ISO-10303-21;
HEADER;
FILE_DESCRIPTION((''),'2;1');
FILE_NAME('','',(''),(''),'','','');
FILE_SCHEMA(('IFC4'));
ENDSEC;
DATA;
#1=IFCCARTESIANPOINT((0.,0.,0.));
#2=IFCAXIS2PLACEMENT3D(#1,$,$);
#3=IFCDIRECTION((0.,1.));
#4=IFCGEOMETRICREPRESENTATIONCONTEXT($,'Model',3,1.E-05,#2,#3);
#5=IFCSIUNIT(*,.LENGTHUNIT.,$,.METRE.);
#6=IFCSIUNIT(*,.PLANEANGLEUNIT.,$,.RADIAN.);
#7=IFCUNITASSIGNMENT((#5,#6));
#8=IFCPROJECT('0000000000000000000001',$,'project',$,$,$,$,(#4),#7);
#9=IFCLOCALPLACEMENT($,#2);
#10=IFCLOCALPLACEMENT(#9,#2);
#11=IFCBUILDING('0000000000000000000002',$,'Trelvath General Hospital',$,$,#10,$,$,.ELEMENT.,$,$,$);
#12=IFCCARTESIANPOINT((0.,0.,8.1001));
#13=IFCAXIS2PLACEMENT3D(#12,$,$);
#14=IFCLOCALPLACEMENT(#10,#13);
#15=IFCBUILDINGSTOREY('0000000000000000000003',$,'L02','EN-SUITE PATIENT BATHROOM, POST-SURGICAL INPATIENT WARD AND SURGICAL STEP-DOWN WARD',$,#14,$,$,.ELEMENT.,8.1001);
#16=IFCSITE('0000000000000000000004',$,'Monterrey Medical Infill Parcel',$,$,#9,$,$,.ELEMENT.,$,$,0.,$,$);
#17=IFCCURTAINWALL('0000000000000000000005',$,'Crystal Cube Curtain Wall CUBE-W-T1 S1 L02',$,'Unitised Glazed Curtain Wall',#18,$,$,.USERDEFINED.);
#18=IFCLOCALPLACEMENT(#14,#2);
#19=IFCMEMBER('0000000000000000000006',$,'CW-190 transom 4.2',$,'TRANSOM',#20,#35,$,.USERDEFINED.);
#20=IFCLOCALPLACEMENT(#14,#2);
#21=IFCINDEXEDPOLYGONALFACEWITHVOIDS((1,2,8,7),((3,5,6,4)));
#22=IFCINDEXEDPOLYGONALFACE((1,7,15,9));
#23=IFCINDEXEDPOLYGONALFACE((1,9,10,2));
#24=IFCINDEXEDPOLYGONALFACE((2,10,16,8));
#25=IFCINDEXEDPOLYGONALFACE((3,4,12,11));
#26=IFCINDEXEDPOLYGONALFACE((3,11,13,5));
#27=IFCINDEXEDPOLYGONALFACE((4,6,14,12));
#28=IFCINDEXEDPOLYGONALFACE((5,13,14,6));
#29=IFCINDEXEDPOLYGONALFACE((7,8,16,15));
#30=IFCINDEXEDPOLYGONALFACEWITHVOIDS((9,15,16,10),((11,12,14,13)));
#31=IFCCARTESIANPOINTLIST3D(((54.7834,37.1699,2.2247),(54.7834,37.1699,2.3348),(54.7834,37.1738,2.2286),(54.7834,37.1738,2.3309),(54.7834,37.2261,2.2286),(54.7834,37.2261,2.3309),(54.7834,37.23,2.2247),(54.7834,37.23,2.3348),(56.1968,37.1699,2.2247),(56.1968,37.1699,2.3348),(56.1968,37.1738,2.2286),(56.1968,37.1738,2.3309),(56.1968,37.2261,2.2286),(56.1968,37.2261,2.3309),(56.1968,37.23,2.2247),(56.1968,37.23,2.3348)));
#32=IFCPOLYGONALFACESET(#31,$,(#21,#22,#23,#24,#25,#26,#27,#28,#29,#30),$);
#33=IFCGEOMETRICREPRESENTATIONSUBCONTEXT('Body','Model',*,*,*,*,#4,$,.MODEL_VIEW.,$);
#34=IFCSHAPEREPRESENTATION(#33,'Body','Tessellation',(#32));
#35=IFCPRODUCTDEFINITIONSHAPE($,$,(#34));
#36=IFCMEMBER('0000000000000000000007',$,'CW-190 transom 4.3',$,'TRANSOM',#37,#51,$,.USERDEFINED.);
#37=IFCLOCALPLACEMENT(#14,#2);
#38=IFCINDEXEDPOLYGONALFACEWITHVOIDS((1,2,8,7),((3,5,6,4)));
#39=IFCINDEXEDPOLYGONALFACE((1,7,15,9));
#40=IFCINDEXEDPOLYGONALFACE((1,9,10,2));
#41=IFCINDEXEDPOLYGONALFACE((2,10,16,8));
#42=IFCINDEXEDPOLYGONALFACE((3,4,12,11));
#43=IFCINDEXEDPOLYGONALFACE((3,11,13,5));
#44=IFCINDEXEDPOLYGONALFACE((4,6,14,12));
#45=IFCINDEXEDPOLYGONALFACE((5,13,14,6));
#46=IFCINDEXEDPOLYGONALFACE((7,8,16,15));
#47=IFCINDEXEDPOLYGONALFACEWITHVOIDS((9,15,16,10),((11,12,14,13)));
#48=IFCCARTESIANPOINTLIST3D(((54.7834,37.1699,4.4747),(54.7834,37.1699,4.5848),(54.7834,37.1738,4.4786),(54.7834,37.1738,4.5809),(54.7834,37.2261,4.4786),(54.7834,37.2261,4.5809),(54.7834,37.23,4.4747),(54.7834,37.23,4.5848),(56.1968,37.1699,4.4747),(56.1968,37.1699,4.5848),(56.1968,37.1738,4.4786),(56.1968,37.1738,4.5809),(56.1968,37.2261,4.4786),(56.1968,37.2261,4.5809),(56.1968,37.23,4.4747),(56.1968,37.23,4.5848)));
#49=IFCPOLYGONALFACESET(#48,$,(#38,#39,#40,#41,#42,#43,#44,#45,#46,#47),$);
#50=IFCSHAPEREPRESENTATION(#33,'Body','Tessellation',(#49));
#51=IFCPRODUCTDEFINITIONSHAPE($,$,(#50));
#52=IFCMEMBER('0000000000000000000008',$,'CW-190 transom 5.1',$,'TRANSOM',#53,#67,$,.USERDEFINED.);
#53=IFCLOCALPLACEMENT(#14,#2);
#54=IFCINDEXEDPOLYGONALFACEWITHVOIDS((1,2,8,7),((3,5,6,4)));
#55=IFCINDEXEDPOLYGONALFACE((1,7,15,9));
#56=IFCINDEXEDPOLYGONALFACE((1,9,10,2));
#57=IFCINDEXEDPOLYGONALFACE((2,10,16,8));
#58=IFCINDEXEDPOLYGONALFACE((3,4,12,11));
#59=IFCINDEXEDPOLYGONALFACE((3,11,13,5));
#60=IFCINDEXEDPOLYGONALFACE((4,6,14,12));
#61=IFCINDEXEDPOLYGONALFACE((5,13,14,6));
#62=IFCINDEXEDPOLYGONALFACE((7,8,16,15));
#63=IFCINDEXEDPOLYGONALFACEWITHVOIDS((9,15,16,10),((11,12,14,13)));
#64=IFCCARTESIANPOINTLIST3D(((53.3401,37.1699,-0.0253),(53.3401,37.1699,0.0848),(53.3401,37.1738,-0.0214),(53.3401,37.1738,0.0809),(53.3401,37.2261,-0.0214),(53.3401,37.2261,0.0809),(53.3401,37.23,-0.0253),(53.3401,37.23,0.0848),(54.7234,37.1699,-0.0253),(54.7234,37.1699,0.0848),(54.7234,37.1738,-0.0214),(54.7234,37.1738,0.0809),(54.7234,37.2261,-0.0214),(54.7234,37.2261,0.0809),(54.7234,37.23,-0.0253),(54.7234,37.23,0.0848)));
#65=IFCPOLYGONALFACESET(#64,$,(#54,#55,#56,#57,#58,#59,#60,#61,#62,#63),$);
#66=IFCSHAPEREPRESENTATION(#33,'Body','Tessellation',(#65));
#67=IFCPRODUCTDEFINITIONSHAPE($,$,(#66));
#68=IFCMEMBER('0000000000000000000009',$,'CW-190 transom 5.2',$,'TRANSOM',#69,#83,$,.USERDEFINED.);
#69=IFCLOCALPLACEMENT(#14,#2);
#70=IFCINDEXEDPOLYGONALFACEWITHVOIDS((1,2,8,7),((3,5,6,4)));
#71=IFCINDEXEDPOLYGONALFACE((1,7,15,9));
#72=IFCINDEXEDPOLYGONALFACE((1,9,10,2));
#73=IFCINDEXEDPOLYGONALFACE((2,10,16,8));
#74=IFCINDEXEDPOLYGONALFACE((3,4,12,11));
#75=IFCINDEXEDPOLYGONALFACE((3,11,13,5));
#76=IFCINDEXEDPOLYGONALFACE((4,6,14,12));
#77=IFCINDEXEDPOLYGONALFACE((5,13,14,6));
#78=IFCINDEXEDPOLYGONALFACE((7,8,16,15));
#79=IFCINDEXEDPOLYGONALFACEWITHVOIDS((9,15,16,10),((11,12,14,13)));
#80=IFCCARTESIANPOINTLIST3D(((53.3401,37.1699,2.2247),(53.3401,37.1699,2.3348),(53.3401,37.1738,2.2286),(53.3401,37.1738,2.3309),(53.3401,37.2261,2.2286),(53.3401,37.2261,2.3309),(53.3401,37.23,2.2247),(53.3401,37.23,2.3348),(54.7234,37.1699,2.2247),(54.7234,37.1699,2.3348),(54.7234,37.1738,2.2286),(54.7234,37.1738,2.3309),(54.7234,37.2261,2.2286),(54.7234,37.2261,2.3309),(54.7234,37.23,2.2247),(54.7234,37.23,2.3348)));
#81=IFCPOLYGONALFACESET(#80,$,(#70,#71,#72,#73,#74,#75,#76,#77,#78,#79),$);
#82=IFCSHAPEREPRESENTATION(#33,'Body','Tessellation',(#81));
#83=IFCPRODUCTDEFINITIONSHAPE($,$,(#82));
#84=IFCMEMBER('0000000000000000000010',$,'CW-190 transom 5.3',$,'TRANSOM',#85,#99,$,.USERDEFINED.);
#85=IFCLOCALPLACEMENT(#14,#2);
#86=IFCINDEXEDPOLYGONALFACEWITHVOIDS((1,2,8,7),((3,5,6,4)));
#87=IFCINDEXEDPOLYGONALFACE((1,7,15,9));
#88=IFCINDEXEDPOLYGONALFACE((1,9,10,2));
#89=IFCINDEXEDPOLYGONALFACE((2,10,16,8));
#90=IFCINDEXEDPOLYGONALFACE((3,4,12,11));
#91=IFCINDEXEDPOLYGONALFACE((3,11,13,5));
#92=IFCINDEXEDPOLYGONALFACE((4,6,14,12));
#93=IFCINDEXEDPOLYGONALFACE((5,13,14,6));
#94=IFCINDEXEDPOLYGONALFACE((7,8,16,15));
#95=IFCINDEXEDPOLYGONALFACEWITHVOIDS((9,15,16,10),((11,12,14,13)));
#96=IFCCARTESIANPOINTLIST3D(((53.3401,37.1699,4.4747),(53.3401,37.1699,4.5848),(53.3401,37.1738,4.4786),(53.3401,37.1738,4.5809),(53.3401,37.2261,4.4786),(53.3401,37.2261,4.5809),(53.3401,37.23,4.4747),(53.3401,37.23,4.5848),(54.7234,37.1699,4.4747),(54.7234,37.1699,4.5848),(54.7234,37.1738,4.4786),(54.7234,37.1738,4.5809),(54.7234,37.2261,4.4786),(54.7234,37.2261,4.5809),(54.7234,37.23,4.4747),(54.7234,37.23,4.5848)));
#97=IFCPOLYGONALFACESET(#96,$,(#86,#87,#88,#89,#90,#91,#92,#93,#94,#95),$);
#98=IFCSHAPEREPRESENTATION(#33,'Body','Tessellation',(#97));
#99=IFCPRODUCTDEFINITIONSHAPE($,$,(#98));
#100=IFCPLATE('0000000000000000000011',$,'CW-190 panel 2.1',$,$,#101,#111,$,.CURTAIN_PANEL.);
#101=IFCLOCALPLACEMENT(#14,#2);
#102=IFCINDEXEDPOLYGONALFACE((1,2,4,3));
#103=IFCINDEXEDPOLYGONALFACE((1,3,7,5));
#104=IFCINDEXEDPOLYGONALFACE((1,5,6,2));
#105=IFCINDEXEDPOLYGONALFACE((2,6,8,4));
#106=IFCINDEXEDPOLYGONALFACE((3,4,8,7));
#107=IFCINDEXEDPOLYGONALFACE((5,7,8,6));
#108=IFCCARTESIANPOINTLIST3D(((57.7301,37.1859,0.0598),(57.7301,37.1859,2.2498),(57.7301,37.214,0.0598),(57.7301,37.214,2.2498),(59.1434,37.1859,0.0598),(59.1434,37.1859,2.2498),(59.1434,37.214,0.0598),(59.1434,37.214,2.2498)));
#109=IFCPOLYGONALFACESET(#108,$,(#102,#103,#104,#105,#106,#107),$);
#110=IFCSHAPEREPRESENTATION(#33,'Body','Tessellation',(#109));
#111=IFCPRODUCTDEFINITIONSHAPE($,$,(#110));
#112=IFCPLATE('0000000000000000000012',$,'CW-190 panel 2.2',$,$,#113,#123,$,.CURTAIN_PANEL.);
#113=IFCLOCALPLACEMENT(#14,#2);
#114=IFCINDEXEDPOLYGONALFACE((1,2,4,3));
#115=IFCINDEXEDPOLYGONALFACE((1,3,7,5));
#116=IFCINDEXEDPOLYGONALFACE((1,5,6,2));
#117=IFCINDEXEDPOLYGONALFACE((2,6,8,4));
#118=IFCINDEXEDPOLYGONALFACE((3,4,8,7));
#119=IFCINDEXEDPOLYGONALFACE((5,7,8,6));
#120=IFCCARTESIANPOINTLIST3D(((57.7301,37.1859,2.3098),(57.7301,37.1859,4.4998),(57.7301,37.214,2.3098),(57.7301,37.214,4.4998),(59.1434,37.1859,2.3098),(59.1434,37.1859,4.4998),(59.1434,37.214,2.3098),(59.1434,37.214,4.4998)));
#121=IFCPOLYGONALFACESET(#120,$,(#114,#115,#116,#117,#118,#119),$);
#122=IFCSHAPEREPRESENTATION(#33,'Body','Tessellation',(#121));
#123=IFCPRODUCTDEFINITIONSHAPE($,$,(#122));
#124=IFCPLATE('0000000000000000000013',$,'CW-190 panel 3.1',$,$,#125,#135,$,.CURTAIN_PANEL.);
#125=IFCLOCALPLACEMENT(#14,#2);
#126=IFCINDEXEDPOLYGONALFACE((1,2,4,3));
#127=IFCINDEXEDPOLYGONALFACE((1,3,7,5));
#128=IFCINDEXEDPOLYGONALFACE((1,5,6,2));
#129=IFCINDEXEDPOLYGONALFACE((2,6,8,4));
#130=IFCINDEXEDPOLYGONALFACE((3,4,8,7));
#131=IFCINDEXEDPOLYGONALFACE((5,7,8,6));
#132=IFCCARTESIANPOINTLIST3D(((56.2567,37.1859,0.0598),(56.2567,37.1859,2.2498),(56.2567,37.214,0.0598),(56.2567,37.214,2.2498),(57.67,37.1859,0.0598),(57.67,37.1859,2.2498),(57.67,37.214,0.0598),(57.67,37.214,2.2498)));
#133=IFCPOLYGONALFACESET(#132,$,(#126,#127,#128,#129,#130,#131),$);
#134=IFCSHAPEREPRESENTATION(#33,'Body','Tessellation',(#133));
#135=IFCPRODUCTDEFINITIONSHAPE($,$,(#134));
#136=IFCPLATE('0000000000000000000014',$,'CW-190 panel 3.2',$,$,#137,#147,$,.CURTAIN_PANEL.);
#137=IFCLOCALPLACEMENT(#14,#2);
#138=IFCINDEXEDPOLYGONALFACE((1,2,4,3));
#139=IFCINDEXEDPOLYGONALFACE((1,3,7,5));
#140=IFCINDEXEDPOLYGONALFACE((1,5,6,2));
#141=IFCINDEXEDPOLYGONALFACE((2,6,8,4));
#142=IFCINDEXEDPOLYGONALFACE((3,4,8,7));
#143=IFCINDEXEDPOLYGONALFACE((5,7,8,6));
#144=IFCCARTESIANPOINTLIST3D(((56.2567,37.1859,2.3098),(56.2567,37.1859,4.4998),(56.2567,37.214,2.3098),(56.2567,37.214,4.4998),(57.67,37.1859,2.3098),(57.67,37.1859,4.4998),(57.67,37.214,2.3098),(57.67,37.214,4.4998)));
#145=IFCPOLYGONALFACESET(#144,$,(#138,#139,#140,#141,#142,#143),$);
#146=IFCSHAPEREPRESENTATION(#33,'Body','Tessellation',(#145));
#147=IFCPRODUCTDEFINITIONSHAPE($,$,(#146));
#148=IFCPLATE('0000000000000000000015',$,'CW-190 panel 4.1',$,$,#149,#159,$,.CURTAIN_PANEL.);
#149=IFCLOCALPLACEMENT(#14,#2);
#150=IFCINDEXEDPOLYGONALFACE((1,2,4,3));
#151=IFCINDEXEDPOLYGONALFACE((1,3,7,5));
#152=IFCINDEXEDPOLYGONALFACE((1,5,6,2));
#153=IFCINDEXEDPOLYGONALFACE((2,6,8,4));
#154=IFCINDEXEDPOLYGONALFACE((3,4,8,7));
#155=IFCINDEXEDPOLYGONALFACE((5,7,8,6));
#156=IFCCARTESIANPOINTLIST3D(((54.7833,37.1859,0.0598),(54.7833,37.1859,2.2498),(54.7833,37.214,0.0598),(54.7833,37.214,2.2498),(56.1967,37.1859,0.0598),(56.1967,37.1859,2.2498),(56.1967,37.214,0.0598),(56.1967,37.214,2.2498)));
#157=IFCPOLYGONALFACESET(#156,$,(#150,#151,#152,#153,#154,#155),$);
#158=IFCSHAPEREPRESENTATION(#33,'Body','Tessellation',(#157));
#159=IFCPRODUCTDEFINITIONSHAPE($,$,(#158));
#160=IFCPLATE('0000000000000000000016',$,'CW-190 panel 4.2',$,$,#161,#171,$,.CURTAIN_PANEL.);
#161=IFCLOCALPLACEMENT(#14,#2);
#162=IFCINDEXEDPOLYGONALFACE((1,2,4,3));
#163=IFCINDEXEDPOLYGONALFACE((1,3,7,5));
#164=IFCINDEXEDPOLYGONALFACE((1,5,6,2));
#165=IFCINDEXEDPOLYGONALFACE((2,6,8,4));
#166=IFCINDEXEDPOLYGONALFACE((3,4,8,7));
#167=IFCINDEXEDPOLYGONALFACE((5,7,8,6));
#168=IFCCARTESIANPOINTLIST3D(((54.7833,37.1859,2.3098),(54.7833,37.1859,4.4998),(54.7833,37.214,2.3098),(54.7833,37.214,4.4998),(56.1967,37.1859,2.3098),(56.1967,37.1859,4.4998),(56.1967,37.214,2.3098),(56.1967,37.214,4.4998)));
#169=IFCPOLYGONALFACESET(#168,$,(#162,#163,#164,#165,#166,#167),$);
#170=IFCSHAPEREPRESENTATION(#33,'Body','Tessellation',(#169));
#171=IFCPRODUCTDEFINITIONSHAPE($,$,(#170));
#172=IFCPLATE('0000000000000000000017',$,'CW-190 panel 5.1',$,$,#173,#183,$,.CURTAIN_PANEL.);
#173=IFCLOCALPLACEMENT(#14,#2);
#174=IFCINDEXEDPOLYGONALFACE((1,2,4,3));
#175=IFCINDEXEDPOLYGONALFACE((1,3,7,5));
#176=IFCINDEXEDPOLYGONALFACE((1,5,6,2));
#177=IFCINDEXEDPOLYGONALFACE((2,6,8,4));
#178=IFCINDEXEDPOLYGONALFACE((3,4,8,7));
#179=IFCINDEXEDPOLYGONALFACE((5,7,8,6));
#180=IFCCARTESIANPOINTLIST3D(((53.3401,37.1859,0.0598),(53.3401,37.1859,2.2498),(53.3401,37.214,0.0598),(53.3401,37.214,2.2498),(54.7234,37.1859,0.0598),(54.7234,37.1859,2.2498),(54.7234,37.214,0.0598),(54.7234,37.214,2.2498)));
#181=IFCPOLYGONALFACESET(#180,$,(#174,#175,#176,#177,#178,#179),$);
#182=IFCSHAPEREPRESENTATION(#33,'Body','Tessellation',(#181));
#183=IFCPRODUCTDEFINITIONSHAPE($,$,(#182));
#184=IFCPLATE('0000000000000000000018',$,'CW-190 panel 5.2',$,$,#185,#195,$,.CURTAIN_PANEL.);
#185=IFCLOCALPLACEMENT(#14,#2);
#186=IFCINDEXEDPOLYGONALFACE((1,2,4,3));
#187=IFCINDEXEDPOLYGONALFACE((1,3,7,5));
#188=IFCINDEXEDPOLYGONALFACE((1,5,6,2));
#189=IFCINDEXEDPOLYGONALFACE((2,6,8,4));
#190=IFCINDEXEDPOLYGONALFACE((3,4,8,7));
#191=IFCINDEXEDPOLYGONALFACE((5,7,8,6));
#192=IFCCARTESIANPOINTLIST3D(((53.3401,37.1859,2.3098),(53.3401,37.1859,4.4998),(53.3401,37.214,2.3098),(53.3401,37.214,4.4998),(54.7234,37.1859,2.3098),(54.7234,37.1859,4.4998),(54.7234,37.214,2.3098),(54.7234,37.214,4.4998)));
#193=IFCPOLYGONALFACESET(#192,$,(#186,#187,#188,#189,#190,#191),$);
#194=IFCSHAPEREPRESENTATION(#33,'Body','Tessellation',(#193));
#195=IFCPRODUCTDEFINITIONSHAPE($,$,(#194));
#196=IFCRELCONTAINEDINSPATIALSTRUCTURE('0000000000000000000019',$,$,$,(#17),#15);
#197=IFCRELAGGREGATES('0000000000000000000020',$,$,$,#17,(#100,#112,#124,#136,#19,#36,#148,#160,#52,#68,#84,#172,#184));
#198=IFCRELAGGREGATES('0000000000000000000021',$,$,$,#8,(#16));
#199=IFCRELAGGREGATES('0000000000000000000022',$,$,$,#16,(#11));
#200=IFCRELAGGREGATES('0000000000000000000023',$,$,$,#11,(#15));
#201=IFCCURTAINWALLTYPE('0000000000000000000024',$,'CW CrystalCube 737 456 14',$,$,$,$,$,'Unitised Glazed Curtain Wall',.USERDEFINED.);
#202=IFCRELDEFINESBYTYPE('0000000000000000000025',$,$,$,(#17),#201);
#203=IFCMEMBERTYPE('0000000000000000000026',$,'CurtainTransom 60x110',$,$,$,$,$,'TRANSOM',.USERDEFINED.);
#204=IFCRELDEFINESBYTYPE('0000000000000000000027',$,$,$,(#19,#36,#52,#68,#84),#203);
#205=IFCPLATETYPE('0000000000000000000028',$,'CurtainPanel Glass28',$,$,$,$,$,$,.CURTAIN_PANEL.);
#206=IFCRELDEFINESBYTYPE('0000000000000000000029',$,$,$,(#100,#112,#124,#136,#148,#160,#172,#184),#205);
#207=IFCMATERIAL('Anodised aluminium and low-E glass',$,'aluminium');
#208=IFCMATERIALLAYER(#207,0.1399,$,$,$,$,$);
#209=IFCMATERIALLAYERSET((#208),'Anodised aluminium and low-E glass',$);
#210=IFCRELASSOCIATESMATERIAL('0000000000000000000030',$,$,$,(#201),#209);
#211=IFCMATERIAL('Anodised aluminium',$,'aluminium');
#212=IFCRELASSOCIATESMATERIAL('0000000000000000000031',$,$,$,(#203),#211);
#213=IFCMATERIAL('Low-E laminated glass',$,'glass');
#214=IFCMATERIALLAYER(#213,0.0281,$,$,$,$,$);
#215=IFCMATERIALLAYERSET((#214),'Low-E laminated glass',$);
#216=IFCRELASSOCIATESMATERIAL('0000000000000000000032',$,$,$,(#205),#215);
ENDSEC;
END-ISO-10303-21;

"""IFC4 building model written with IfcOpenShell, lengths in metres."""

from ifc_helpers import new_model, si_unit, direction, frame, origin, origin_2d, place, context, subcontext, project, spatial, rectangle, hollow_rectangle, extrude, material, layer, layer_set, material_profile, profile_set, type_object, element, aggregate, save


model = new_model("IFC4")

# Units and contexts
model_context = context("Model", 3, precision=1e-05, world=origin(), true_north=direction((0.0, 1.0)))
body_context = subcontext(model_context, "Body", "Model", "MODEL_VIEW")
ifc_project = project(units=[si_unit("LENGTHUNIT", "METRE"), si_unit("PLANEANGLEUNIT", "RADIAN")], contexts=[model_context])

# Site, building, storey
site_placement = place(None, origin())
site = spatial("IfcSite", under=ifc_project, at=site_placement, Name="Monterrey Medical Infill Parcel", CompositionType="ELEMENT", RefElevation=0.0)
building_placement = place(site_placement, origin())
building = spatial("IfcBuilding", under=site, at=building_placement, Name="Trelvath General Hospital", CompositionType="ELEMENT")
storey_placement = place(building_placement, frame((0.0, 0.0, 8.1001)))
storey = spatial("IfcBuildingStorey", under=building, at=storey_placement, Name="L02", Description="EN-SUITE PATIENT BATHROOM, POST-SURGICAL INPATIENT WARD AND SURGICAL STEP-DOWN WARD", CompositionType="ELEMENT", Elevation=8.1001)

# Curtain wall, members, plates
ifc_material_1 = material(Name="Anodised aluminium and low-E glass", Category="aluminium")
ifc_layer_1 = layer(ifc_material_1, 0.1399)
ifc_layer_set_1 = layer_set([ifc_layer_1], Name="Anodised aluminium and low-E glass")
curtain_wall_type = type_object("IfcCurtainWallType", Name="CW CrystalCube 737 456 14", ElementType="Unitised Glazed Curtain Wall", PredefinedType="USERDEFINED", material=ifc_layer_set_1)
curtain_wall_placement = place(storey_placement, origin())
curtain_wall = element("IfcCurtainWall", 1, at=curtain_wall_placement, inside=storey, type_object=curtain_wall_type, Name="Crystal Cube Curtain Wall CUBE-W-T1 S1 L02", ObjectType="Unitised Glazed Curtain Wall", PredefinedType="USERDEFINED")
ifc_material_2 = material(Name="Anodised aluminium", Category="aluminium")
ifc_material_profile_1 = material_profile(ifc_material_2, hollow_rectangle(XDim=0.0601, YDim=0.1101, WallThickness=0.0039, at=origin_2d()), Name="RHS60x110x4")
ifc_profile_set_1 = profile_set([ifc_material_profile_1], Name="Anodised aluminium")
member_type_1 = type_object("IfcMemberType", Name="CurtainTransom 60x110", ElementType="TRANSOM", PredefinedType="USERDEFINED", material=ifc_profile_set_1)
member_1_placement = place(storey_placement, frame((56.1968, 37.2, 2.2798), z_axis=(-1.0, 0.0, 0.0), x_axis=(0.0, -1.0, 0.0)))
member_1 = element("IfcMember", 2, at=member_1_placement, type_object=member_type_1, Name="CW-190 transom 4.2", ObjectType="TRANSOM", PredefinedType="USERDEFINED", context=body_context, shape_type="SweptSolid", body=[
    extrude(hollow_rectangle(XDim=0.0601, YDim=0.1101, WallThickness=0.0039, at=origin_2d()), origin(), (0.0, 0.0, 1.0), 1.4133),
])
member_2_placement = place(storey_placement, frame((56.1968, 37.2, 4.5298), z_axis=(-1.0, 0.0, 0.0), x_axis=(0.0, -1.0, 0.0)))
member_2 = element("IfcMember", 3, at=member_2_placement, type_object=member_type_1, Name="CW-190 transom 4.3", ObjectType="TRANSOM", PredefinedType="USERDEFINED", context=body_context, shape_type="SweptSolid", body=[
    extrude(hollow_rectangle(XDim=0.0601, YDim=0.1101, WallThickness=0.0039, at=origin_2d()), origin(), (0.0, 0.0, 1.0), 1.4133),
])
member_3_placement = place(storey_placement, frame((54.7234, 37.2, 0.0298), z_axis=(-1.0, 0.0, 0.0), x_axis=(0.0, -1.0, 0.0)))
member_3 = element("IfcMember", 4, at=member_3_placement, type_object=member_type_1, Name="CW-190 transom 5.1", ObjectType="TRANSOM", PredefinedType="USERDEFINED", context=body_context, shape_type="SweptSolid", body=[
    extrude(hollow_rectangle(XDim=0.0601, YDim=0.1101, WallThickness=0.0039, at=origin_2d()), origin(), (0.0, 0.0, 1.0), 1.3833),
])
member_4_placement = place(storey_placement, frame((54.7234, 37.2, 2.2798), z_axis=(-1.0, 0.0, 0.0), x_axis=(0.0, -1.0, 0.0)))
member_4 = element("IfcMember", 5, at=member_4_placement, type_object=member_type_1, Name="CW-190 transom 5.2", ObjectType="TRANSOM", PredefinedType="USERDEFINED", context=body_context, shape_type="SweptSolid", body=[
    extrude(hollow_rectangle(XDim=0.0601, YDim=0.1101, WallThickness=0.0039, at=origin_2d()), origin(), (0.0, 0.0, 1.0), 1.3833),
])
member_5_placement = place(storey_placement, frame((54.7234, 37.2, 4.5298), z_axis=(-1.0, 0.0, 0.0), x_axis=(0.0, -1.0, 0.0)))
member_5 = element("IfcMember", 6, at=member_5_placement, type_object=member_type_1, Name="CW-190 transom 5.3", ObjectType="TRANSOM", PredefinedType="USERDEFINED", context=body_context, shape_type="SweptSolid", body=[
    extrude(hollow_rectangle(XDim=0.0601, YDim=0.1101, WallThickness=0.0039, at=origin_2d()), origin(), (0.0, 0.0, 1.0), 1.3833),
])
ifc_material_3 = material(Name="Low-E laminated glass", Category="glass")
ifc_layer_2 = layer(ifc_material_3, 0.0281)
ifc_layer_set_2 = layer_set([ifc_layer_2], Name="Low-E laminated glass")
plate_type = type_object("IfcPlateType", Name="CurtainPanel Glass28", PredefinedType="CURTAIN_PANEL", material=ifc_layer_set_2)
plate_1_placement = place(storey_placement, frame((58.4368, 37.2, 0.0598), z_axis=(0.0, 0.0, 1.0), x_axis=(-1.0, 0.0, 0.0)))
plate_1 = element("IfcPlate", 7, at=plate_1_placement, type_object=plate_type, Name="CW-190 panel 2.1", PredefinedType="CURTAIN_PANEL", context=body_context, shape_type="SweptSolid", body=[
    extrude(rectangle(XDim=1.4133, YDim=0.0281, at=origin_2d()), origin(), (0.0, 0.0, 1.0), 2.1899),
])
plate_2_placement = place(storey_placement, frame((58.4368, 37.2, 2.3098), z_axis=(0.0, 0.0, 1.0), x_axis=(-1.0, 0.0, 0.0)))
plate_2 = element("IfcPlate", 8, at=plate_2_placement, type_object=plate_type, Name="CW-190 panel 2.2", PredefinedType="CURTAIN_PANEL", context=body_context, shape_type="SweptSolid", body=[
    extrude(rectangle(XDim=1.4133, YDim=0.0281, at=origin_2d()), origin(), (0.0, 0.0, 1.0), 2.1899),
])
plate_3_placement = place(storey_placement, frame((56.9634, 37.2, 0.0598), z_axis=(0.0, 0.0, 1.0), x_axis=(-1.0, 0.0, 0.0)))
plate_3 = element("IfcPlate", 9, at=plate_3_placement, type_object=plate_type, Name="CW-190 panel 3.1", PredefinedType="CURTAIN_PANEL", context=body_context, shape_type="SweptSolid", body=[
    extrude(rectangle(XDim=1.4133, YDim=0.0281, at=origin_2d()), origin(), (0.0, 0.0, 1.0), 2.1899),
])
plate_4_placement = place(storey_placement, frame((56.9634, 37.2, 2.3098), z_axis=(0.0, 0.0, 1.0), x_axis=(-1.0, 0.0, 0.0)))
plate_4 = element("IfcPlate", 10, at=plate_4_placement, type_object=plate_type, Name="CW-190 panel 3.2", PredefinedType="CURTAIN_PANEL", context=body_context, shape_type="SweptSolid", body=[
    extrude(rectangle(XDim=1.4133, YDim=0.0281, at=origin_2d()), origin(), (0.0, 0.0, 1.0), 2.1899),
])
plate_5_placement = place(storey_placement, frame((55.49, 37.2, 0.0598), z_axis=(0.0, 0.0, 1.0), x_axis=(-1.0, 0.0, 0.0)))
plate_5 = element("IfcPlate", 11, at=plate_5_placement, type_object=plate_type, Name="CW-190 panel 4.1", PredefinedType="CURTAIN_PANEL", context=body_context, shape_type="SweptSolid", body=[
    extrude(rectangle(XDim=1.4133, YDim=0.0281, at=origin_2d()), origin(), (0.0, 0.0, 1.0), 2.1899),
])
plate_6_placement = place(storey_placement, frame((55.49, 37.2, 2.3098), z_axis=(0.0, 0.0, 1.0), x_axis=(-1.0, 0.0, 0.0)))
plate_6 = element("IfcPlate", 12, at=plate_6_placement, type_object=plate_type, Name="CW-190 panel 4.2", PredefinedType="CURTAIN_PANEL", context=body_context, shape_type="SweptSolid", body=[
    extrude(rectangle(XDim=1.4133, YDim=0.0281, at=origin_2d()), origin(), (0.0, 0.0, 1.0), 2.1899),
])
plate_7_placement = place(storey_placement, frame((54.0317, 37.2, 0.0598), z_axis=(0.0, 0.0, 1.0), x_axis=(-1.0, 0.0, 0.0)))
plate_7 = element("IfcPlate", 13, at=plate_7_placement, type_object=plate_type, Name="CW-190 panel 5.1", PredefinedType="CURTAIN_PANEL", context=body_context, shape_type="SweptSolid", body=[
    extrude(rectangle(XDim=1.3833, YDim=0.0281, at=origin_2d()), origin(), (0.0, 0.0, 1.0), 2.1899),
])
plate_8_placement = place(storey_placement, frame((54.0317, 37.2, 2.3098), z_axis=(0.0, 0.0, 1.0), x_axis=(-1.0, 0.0, 0.0)))
plate_8 = element("IfcPlate", 14, at=plate_8_placement, type_object=plate_type, Name="CW-190 panel 5.2", PredefinedType="CURTAIN_PANEL", context=body_context, shape_type="SweptSolid", body=[
    extrude(rectangle(XDim=1.3833, YDim=0.0281, at=origin_2d()), origin(), (0.0, 0.0, 1.0), 2.1899),
])
aggregate(curtain_wall, [plate_1, plate_2, plate_3, plate_4, member_1, member_2, plate_5, plate_6, member_3, member_4, member_5, plate_7, plate_8])

save(model, "model.ifc")
